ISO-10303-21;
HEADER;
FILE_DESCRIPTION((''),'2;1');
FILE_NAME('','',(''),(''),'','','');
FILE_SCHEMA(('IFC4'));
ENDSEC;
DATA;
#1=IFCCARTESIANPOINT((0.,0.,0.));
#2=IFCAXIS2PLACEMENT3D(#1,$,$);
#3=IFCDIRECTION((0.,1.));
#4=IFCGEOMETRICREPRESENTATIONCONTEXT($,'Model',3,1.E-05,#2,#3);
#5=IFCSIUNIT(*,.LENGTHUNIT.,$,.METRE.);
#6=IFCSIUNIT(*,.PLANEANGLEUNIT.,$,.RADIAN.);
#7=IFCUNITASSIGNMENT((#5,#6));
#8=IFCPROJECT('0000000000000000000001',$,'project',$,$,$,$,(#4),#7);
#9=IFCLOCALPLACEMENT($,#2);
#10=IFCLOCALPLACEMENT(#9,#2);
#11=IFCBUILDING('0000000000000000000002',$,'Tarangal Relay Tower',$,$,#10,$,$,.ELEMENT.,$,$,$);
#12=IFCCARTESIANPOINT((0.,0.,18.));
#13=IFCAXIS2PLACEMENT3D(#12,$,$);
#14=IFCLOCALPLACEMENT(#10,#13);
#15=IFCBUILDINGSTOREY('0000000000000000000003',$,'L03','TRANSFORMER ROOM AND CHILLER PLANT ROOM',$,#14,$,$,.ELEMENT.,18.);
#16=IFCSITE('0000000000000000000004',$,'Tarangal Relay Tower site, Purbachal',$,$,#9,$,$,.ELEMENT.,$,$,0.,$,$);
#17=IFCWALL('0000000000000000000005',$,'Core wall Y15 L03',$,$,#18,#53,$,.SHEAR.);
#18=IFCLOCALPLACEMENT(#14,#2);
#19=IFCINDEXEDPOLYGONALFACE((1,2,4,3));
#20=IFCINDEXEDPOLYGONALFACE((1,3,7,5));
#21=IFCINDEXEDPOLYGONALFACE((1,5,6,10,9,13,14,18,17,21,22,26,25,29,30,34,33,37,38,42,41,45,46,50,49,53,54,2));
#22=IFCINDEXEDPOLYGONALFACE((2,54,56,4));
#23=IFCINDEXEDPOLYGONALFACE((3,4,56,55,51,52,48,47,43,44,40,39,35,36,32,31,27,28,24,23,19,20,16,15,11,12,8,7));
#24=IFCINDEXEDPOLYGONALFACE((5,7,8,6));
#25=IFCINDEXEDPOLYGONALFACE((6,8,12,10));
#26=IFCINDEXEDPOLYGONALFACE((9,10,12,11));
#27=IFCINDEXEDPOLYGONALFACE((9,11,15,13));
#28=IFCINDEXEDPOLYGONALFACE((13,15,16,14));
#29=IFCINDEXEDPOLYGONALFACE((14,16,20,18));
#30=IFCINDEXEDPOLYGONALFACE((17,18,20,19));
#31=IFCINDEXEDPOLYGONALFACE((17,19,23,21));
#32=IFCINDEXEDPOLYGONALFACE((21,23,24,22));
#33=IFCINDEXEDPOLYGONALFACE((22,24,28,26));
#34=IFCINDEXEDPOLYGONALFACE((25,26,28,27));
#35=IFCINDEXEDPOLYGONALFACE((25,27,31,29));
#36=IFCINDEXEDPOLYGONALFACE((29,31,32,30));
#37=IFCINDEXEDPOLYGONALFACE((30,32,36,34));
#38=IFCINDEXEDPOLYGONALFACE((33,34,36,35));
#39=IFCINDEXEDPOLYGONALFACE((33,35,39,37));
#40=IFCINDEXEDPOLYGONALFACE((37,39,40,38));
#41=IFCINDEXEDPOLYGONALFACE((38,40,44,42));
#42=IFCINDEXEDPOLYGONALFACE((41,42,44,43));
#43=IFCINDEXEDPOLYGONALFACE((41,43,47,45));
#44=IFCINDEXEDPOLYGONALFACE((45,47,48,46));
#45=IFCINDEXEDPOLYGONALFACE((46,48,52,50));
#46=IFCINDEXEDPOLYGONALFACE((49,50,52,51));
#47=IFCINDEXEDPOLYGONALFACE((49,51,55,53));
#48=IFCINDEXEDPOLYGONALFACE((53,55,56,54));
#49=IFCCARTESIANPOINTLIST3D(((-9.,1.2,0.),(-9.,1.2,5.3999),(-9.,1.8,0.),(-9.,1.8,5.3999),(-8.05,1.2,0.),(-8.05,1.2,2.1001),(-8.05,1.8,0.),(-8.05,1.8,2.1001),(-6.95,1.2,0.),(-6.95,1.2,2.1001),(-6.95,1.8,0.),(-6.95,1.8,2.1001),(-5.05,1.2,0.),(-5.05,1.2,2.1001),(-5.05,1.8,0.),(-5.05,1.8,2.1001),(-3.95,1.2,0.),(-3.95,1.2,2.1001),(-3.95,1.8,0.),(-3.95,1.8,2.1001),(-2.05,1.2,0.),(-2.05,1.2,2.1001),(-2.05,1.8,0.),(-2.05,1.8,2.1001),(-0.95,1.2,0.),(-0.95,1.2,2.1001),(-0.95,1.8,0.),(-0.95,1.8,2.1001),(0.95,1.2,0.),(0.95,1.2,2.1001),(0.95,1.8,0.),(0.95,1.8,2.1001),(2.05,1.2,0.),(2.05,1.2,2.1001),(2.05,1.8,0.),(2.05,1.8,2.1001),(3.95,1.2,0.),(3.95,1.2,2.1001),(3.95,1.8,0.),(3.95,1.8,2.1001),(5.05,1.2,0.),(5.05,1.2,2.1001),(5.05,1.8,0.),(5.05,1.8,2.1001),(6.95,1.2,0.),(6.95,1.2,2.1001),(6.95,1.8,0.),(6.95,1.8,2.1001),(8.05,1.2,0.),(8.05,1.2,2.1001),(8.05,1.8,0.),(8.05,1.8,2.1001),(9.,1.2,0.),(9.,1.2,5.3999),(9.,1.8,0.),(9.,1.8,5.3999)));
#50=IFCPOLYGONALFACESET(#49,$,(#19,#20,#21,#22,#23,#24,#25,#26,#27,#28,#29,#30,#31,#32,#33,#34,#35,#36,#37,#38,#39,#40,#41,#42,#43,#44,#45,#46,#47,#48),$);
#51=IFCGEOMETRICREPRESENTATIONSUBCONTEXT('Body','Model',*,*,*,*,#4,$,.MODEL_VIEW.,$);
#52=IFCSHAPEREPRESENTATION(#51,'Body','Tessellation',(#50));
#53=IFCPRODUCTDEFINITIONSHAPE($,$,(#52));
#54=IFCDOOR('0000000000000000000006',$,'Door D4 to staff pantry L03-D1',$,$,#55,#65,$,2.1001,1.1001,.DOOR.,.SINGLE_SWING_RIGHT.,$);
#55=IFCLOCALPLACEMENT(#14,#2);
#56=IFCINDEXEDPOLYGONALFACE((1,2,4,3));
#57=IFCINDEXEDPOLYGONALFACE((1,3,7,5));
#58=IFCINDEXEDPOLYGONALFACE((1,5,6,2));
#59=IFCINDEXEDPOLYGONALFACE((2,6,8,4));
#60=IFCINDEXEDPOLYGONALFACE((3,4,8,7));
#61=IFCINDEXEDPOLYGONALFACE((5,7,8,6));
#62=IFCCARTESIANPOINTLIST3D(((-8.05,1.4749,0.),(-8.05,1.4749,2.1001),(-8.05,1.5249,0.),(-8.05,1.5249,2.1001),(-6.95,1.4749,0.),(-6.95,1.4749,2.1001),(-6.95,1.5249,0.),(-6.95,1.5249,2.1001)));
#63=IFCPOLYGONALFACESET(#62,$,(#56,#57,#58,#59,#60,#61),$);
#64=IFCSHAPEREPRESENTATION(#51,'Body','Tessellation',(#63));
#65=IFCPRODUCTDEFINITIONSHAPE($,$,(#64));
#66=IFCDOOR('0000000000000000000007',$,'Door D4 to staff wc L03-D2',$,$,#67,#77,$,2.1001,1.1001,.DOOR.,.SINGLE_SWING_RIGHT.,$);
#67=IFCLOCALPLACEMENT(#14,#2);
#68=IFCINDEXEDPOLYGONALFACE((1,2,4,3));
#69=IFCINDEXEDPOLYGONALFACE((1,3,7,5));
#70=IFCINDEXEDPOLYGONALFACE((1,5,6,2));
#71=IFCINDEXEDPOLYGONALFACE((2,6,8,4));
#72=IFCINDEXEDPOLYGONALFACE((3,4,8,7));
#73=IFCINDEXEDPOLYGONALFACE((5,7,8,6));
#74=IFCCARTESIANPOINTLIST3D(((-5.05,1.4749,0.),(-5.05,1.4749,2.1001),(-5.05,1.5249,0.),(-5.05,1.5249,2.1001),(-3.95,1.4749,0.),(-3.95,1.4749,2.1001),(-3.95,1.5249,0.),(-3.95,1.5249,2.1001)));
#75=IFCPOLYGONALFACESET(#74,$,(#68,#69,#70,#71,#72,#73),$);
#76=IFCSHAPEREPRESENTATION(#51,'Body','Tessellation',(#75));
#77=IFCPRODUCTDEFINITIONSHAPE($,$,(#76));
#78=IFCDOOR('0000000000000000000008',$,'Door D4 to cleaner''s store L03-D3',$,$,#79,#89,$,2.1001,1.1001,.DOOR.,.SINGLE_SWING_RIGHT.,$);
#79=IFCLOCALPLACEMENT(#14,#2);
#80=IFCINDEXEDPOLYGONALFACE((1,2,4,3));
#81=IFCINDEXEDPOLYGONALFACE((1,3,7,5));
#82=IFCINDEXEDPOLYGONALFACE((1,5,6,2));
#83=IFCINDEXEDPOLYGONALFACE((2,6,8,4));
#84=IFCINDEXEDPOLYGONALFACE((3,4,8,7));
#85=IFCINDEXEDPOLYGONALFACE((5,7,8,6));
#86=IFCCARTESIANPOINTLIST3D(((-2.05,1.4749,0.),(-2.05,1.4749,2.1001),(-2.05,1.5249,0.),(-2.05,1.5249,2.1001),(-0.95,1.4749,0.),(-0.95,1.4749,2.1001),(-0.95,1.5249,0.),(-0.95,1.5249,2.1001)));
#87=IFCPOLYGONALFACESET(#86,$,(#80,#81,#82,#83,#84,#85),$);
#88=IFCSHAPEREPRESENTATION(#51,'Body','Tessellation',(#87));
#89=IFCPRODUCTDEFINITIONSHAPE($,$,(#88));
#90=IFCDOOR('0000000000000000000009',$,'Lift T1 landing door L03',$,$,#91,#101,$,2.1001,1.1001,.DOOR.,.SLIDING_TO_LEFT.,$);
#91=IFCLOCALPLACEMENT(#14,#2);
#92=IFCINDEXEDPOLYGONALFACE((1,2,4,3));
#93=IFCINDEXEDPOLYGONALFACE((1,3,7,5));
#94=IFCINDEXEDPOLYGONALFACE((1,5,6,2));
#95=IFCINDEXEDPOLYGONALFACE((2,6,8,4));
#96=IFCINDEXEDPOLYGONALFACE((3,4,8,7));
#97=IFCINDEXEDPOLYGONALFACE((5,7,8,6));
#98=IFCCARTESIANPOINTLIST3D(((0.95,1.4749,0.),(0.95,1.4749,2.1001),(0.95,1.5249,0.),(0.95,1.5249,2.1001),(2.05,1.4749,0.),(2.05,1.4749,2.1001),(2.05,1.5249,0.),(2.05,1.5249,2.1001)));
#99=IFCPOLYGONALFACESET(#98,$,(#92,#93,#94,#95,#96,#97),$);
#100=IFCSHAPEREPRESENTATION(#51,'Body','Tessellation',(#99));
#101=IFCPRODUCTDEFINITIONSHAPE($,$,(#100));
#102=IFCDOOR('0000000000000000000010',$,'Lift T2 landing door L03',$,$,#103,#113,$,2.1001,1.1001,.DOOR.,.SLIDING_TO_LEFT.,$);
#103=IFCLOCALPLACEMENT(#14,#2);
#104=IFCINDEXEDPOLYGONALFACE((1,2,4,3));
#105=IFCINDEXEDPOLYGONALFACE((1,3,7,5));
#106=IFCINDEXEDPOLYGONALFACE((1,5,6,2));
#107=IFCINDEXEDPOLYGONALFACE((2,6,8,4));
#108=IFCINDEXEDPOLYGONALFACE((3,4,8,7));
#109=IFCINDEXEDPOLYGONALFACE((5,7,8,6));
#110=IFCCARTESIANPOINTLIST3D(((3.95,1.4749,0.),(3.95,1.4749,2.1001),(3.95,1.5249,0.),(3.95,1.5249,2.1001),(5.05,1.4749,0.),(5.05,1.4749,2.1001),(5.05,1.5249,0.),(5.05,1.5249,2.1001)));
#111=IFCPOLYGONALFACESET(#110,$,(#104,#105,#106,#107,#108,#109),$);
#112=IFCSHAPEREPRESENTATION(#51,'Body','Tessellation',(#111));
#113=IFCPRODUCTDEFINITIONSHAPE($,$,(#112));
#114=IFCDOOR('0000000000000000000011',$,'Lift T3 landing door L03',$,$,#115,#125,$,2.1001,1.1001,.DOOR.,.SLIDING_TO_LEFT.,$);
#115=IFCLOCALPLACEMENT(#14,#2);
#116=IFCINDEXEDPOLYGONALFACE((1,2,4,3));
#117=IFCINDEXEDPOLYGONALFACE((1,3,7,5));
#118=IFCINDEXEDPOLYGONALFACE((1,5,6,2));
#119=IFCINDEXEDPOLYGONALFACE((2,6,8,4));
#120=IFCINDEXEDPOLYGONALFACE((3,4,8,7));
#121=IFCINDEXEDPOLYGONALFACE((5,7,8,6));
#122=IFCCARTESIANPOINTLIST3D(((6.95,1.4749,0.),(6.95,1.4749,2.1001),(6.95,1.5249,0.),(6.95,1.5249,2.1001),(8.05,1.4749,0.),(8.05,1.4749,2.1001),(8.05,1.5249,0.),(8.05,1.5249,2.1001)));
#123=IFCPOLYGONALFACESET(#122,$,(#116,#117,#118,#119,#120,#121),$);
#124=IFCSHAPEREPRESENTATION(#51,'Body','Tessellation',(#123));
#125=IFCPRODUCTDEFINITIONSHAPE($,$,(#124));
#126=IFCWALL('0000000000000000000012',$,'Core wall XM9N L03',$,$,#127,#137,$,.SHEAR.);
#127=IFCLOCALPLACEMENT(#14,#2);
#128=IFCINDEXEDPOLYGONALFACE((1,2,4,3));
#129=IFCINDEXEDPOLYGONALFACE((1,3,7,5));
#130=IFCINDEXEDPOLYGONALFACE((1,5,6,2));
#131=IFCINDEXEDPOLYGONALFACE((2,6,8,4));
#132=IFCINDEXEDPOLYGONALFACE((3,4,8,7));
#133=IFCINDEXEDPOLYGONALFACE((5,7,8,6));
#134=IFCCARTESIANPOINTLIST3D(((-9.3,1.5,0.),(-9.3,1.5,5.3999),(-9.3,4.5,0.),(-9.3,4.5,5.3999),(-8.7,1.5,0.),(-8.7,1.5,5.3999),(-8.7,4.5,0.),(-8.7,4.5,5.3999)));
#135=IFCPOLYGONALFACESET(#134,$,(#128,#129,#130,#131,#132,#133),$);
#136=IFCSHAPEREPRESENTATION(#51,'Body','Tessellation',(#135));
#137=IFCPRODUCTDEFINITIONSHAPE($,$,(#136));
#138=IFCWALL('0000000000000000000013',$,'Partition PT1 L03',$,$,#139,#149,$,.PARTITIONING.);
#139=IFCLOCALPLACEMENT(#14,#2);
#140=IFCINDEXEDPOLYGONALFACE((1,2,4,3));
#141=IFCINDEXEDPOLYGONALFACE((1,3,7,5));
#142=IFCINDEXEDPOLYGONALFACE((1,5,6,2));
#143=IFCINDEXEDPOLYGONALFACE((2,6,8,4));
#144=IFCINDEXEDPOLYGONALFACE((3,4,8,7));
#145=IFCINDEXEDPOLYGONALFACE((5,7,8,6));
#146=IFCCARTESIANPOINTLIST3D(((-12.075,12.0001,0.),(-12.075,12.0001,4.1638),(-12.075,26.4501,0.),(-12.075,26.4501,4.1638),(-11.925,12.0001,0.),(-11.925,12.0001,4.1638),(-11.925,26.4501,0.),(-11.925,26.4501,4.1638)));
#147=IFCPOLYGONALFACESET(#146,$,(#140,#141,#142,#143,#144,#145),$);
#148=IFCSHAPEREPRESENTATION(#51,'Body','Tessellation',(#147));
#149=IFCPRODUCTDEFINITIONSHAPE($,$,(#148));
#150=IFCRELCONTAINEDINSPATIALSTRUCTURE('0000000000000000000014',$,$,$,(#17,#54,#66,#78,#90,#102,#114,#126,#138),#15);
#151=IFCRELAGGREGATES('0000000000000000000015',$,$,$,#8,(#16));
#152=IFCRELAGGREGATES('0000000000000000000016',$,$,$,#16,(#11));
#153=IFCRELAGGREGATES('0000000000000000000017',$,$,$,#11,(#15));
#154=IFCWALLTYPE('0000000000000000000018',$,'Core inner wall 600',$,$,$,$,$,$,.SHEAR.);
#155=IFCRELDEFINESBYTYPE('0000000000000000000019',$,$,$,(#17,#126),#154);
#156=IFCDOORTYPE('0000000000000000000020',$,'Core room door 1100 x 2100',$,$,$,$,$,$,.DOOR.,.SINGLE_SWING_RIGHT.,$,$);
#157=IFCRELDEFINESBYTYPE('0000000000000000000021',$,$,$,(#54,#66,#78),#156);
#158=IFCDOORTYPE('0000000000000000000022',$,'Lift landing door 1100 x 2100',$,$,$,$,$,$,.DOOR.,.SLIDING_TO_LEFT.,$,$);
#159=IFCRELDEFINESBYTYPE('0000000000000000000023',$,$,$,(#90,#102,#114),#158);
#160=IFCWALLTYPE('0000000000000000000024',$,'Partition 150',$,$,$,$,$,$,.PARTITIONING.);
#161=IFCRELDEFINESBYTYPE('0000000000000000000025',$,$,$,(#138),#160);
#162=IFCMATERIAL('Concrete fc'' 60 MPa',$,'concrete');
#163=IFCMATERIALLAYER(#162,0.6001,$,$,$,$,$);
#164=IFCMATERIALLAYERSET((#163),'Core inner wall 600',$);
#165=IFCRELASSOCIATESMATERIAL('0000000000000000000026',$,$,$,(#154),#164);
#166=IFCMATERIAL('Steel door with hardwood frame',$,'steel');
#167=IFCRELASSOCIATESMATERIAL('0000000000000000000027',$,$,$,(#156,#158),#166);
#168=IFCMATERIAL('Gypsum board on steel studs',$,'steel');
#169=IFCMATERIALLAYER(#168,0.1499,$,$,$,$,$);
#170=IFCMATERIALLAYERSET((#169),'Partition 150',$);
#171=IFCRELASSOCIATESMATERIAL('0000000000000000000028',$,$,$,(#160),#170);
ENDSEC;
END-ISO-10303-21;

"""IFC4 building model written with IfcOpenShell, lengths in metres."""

from ifc_helpers import new_model, si_unit, direction, frame, frame_2d, origin, place, context, subcontext, project, spatial, rectangle, extrude, material, layer, layer_set, type_object, element, fill, save


model = new_model("IFC4")

# Units and contexts
model_context = context("Model", 3, precision=1e-05, world=origin(), true_north=direction((0.0, 1.0)))
body_context = subcontext(model_context, "Body", "Model", "MODEL_VIEW")
ifc_project = project(units=[si_unit("LENGTHUNIT", "METRE"), si_unit("PLANEANGLEUNIT", "RADIAN")], contexts=[model_context])

# Site, building, storey
site_placement = place(None, origin())
site = spatial("IfcSite", under=ifc_project, at=site_placement, Name="Tarangal Relay Tower site, Purbachal", CompositionType="ELEMENT", RefElevation=0.0)
building_placement = place(site_placement, origin())
building = spatial("IfcBuilding", under=site, at=building_placement, Name="Tarangal Relay Tower", CompositionType="ELEMENT")
storey_placement = place(building_placement, frame((0.0, 0.0, 18.0)))
storey = spatial("IfcBuildingStorey", under=building, at=storey_placement, Name="L03", Description="TRANSFORMER ROOM AND CHILLER PLANT ROOM", CompositionType="ELEMENT", Elevation=18.0)

# Wall, openings, doors
ifc_material_1 = material(Name="Concrete fc' 60 MPa", Category="concrete")
ifc_layer_1 = layer(ifc_material_1, 0.6001)
ifc_layer_set_1 = layer_set([ifc_layer_1], Name="Core inner wall 600")
wall_type_1 = type_object("IfcWallType", Name="Core inner wall 600", PredefinedType="SHEAR", material=ifc_layer_set_1)
ifc_material_2 = material(Name="Steel door with hardwood frame", Category="steel")
wall_1_placement = place(storey_placement, frame((-9.0, 1.5, 0.0), z_axis=(0.0, 0.0, 1.0), x_axis=(1.0, 0.0, 0.0)))
wall_1 = element("IfcWall", 1, at=wall_1_placement, inside=storey, type_object=wall_type_1, Name="Core wall Y15 L03", PredefinedType="SHEAR", context=body_context, shape_type="SweptSolid", body=[
    extrude(rectangle(XDim=18.0, YDim=0.6001, at=frame_2d((9.0, 0.0))), origin(), (0.0, 0.0, 1.0), 5.3999),
])
opening_1_placement = place(wall_1_placement, frame((9.95, 0.0, 0.0)))
opening_1 = element("IfcOpeningElement", 2, at=opening_1_placement, cuts=wall_1, PredefinedType="OPENING", context=body_context, shape_type="SweptSolid", body=[
    extrude(rectangle(XDim=1.1001, YDim=2.1001, at=frame_2d((0.55, 1.05))), frame((0.0, 0.3101, 0.0), z_axis=(0.0, -1.0, 0.0), x_axis=(1.0, 0.0, 0.0)), (0.0, 0.0, 1.0), 0.6201),
])
opening_2_placement = place(wall_1_placement, frame((12.95, 0.0, 0.0)))
opening_2 = element("IfcOpeningElement", 3, at=opening_2_placement, cuts=wall_1, PredefinedType="OPENING", context=body_context, shape_type="SweptSolid", body=[
    extrude(rectangle(XDim=1.1001, YDim=2.1001, at=frame_2d((0.55, 1.05))), frame((0.0, 0.3101, 0.0), z_axis=(0.0, -1.0, 0.0), x_axis=(1.0, 0.0, 0.0)), (0.0, 0.0, 1.0), 0.6201),
])
opening_3_placement = place(wall_1_placement, frame((15.95, 0.0, 0.0)))
opening_3 = element("IfcOpeningElement", 4, at=opening_3_placement, cuts=wall_1, PredefinedType="OPENING", context=body_context, shape_type="SweptSolid", body=[
    extrude(rectangle(XDim=1.1001, YDim=2.1001, at=frame_2d((0.55, 1.05))), frame((0.0, 0.3101, 0.0), z_axis=(0.0, -1.0, 0.0), x_axis=(1.0, 0.0, 0.0)), (0.0, 0.0, 1.0), 0.6201),
])
opening_4_placement = place(wall_1_placement, frame((0.95, 0.0, 0.0)))
opening_4 = element("IfcOpeningElement", 5, at=opening_4_placement, cuts=wall_1, PredefinedType="OPENING", context=body_context, shape_type="SweptSolid", body=[
    extrude(rectangle(XDim=1.1001, YDim=2.1001, at=frame_2d((0.55, 1.05))), frame((0.0, 0.3101, 0.0), z_axis=(0.0, -1.0, 0.0), x_axis=(1.0, 0.0, 0.0)), (0.0, 0.0, 1.0), 0.6201),
])
opening_5_placement = place(wall_1_placement, frame((3.95, 0.0, 0.0)))
opening_5 = element("IfcOpeningElement", 6, at=opening_5_placement, cuts=wall_1, PredefinedType="OPENING", context=body_context, shape_type="SweptSolid", body=[
    extrude(rectangle(XDim=1.1001, YDim=2.1001, at=frame_2d((0.55, 1.05))), frame((0.0, 0.3101, 0.0), z_axis=(0.0, -1.0, 0.0), x_axis=(1.0, 0.0, 0.0)), (0.0, 0.0, 1.0), 0.6201),
])
opening_6_placement = place(wall_1_placement, frame((6.95, 0.0, 0.0)))
opening_6 = element("IfcOpeningElement", 7, at=opening_6_placement, cuts=wall_1, PredefinedType="OPENING", context=body_context, shape_type="SweptSolid", body=[
    extrude(rectangle(XDim=1.1001, YDim=2.1001, at=frame_2d((0.55, 1.05))), frame((0.0, 0.3101, 0.0), z_axis=(0.0, -1.0, 0.0), x_axis=(1.0, 0.0, 0.0)), (0.0, 0.0, 1.0), 0.6201),
])
door_type_1 = type_object("IfcDoorType", Name="Core room door 1100 x 2100", OperationType="SINGLE_SWING_RIGHT", PredefinedType="DOOR", material=ifc_material_2)
door_1_placement = place(opening_4_placement, origin())
door_1 = element("IfcDoor", 8, at=door_1_placement, inside=storey, type_object=door_type_1, Name="Door D4 to staff pantry L03-D1", OperationType="SINGLE_SWING_RIGHT", OverallHeight=2.1001, OverallWidth=1.1001, PredefinedType="DOOR", context=body_context, shape_type="SweptSolid", body=[
    extrude(rectangle(XDim=1.1001, YDim=2.1001, at=frame_2d((0.55, 1.05))), frame((0.0, 0.0249, 0.0), z_axis=(0.0, -1.0, 0.0), x_axis=(1.0, 0.0, 0.0)), (0.0, 0.0, 1.0), 0.05),
])
fill(opening_4, door_1)
door_2_placement = place(opening_5_placement, origin())
door_2 = element("IfcDoor", 9, at=door_2_placement, inside=storey, type_object=door_type_1, Name="Door D4 to staff wc L03-D2", OperationType="SINGLE_SWING_RIGHT", OverallHeight=2.1001, OverallWidth=1.1001, PredefinedType="DOOR", context=body_context, shape_type="SweptSolid", body=[
    extrude(rectangle(XDim=1.1001, YDim=2.1001, at=frame_2d((0.55, 1.05))), frame((0.0, 0.0249, 0.0), z_axis=(0.0, -1.0, 0.0), x_axis=(1.0, 0.0, 0.0)), (0.0, 0.0, 1.0), 0.05),
])
fill(opening_5, door_2)
door_3_placement = place(opening_6_placement, origin())
door_3 = element("IfcDoor", 10, at=door_3_placement, inside=storey, type_object=door_type_1, Name="Door D4 to cleaner's store L03-D3", OperationType="SINGLE_SWING_RIGHT", OverallHeight=2.1001, OverallWidth=1.1001, PredefinedType="DOOR", context=body_context, shape_type="SweptSolid", body=[
    extrude(rectangle(XDim=1.1001, YDim=2.1001, at=frame_2d((0.55, 1.05))), frame((0.0, 0.0249, 0.0), z_axis=(0.0, -1.0, 0.0), x_axis=(1.0, 0.0, 0.0)), (0.0, 0.0, 1.0), 0.05),
])
fill(opening_6, door_3)
door_type_2 = type_object("IfcDoorType", Name="Lift landing door 1100 x 2100", OperationType="SLIDING_TO_LEFT", PredefinedType="DOOR", material=ifc_material_2)
door_4_placement = place(opening_1_placement, origin())
door_4 = element("IfcDoor", 11, at=door_4_placement, inside=storey, type_object=door_type_2, Name="Lift T1 landing door L03", OperationType="SLIDING_TO_LEFT", OverallHeight=2.1001, OverallWidth=1.1001, PredefinedType="DOOR", context=body_context, shape_type="SweptSolid", body=[
    extrude(rectangle(XDim=1.1001, YDim=2.1001, at=frame_2d((0.55, 1.05))), frame((0.0, 0.0249, 0.0), z_axis=(0.0, -1.0, 0.0), x_axis=(1.0, 0.0, 0.0)), (0.0, 0.0, 1.0), 0.05),
])
fill(opening_1, door_4)
door_5_placement = place(opening_2_placement, origin())
door_5 = element("IfcDoor", 12, at=door_5_placement, inside=storey, type_object=door_type_2, Name="Lift T2 landing door L03", OperationType="SLIDING_TO_LEFT", OverallHeight=2.1001, OverallWidth=1.1001, PredefinedType="DOOR", context=body_context, shape_type="SweptSolid", body=[
    extrude(rectangle(XDim=1.1001, YDim=2.1001, at=frame_2d((0.55, 1.05))), frame((0.0, 0.0249, 0.0), z_axis=(0.0, -1.0, 0.0), x_axis=(1.0, 0.0, 0.0)), (0.0, 0.0, 1.0), 0.05),
])
fill(opening_2, door_5)
door_6_placement = place(opening_3_placement, origin())
door_6 = element("IfcDoor", 13, at=door_6_placement, inside=storey, type_object=door_type_2, Name="Lift T3 landing door L03", OperationType="SLIDING_TO_LEFT", OverallHeight=2.1001, OverallWidth=1.1001, PredefinedType="DOOR", context=body_context, shape_type="SweptSolid", body=[
    extrude(rectangle(XDim=1.1001, YDim=2.1001, at=frame_2d((0.55, 1.05))), frame((0.0, 0.0249, 0.0), z_axis=(0.0, -1.0, 0.0), x_axis=(1.0, 0.0, 0.0)), (0.0, 0.0, 1.0), 0.05),
])
fill(opening_3, door_6)

# Wall
wall_2_placement = place(storey_placement, frame((-9.0, 1.5, 0.0), z_axis=(0.0, 0.0, 1.0), x_axis=(0.0, 1.0, 0.0)))
element("IfcWall", 14, at=wall_2_placement, inside=storey, type_object=wall_type_1, Name="Core wall XM9N L03", PredefinedType="SHEAR", context=body_context, shape_type="SweptSolid", body=[
    extrude(rectangle(XDim=3.0, YDim=0.6001, at=frame_2d((1.5, 0.0))), origin(), (0.0, 0.0, 1.0), 5.3999),
])

# Wall
ifc_material_3 = material(Name="Gypsum board on steel studs", Category="steel")
ifc_layer_2 = layer(ifc_material_3, 0.1499)
ifc_layer_set_2 = layer_set([ifc_layer_2], Name="Partition 150")
wall_type_2 = type_object("IfcWallType", Name="Partition 150", PredefinedType="PARTITIONING", material=ifc_layer_set_2)
wall_3_placement = place(storey_placement, frame((-12.0, 12.0, 0.0), z_axis=(0.0, 0.0, 1.0), x_axis=(0.0, 1.0, 0.0)))
element("IfcWall", 15, at=wall_3_placement, inside=storey, type_object=wall_type_2, Name="Partition PT1 L03", PredefinedType="PARTITIONING", context=body_context, shape_type="SweptSolid", body=[
    extrude(rectangle(XDim=14.45, YDim=0.1499, at=frame_2d((7.2251, 0.0))), origin(), (0.0, 0.0, 1.0), 4.1638),
])

save(model, "model.ifc")
